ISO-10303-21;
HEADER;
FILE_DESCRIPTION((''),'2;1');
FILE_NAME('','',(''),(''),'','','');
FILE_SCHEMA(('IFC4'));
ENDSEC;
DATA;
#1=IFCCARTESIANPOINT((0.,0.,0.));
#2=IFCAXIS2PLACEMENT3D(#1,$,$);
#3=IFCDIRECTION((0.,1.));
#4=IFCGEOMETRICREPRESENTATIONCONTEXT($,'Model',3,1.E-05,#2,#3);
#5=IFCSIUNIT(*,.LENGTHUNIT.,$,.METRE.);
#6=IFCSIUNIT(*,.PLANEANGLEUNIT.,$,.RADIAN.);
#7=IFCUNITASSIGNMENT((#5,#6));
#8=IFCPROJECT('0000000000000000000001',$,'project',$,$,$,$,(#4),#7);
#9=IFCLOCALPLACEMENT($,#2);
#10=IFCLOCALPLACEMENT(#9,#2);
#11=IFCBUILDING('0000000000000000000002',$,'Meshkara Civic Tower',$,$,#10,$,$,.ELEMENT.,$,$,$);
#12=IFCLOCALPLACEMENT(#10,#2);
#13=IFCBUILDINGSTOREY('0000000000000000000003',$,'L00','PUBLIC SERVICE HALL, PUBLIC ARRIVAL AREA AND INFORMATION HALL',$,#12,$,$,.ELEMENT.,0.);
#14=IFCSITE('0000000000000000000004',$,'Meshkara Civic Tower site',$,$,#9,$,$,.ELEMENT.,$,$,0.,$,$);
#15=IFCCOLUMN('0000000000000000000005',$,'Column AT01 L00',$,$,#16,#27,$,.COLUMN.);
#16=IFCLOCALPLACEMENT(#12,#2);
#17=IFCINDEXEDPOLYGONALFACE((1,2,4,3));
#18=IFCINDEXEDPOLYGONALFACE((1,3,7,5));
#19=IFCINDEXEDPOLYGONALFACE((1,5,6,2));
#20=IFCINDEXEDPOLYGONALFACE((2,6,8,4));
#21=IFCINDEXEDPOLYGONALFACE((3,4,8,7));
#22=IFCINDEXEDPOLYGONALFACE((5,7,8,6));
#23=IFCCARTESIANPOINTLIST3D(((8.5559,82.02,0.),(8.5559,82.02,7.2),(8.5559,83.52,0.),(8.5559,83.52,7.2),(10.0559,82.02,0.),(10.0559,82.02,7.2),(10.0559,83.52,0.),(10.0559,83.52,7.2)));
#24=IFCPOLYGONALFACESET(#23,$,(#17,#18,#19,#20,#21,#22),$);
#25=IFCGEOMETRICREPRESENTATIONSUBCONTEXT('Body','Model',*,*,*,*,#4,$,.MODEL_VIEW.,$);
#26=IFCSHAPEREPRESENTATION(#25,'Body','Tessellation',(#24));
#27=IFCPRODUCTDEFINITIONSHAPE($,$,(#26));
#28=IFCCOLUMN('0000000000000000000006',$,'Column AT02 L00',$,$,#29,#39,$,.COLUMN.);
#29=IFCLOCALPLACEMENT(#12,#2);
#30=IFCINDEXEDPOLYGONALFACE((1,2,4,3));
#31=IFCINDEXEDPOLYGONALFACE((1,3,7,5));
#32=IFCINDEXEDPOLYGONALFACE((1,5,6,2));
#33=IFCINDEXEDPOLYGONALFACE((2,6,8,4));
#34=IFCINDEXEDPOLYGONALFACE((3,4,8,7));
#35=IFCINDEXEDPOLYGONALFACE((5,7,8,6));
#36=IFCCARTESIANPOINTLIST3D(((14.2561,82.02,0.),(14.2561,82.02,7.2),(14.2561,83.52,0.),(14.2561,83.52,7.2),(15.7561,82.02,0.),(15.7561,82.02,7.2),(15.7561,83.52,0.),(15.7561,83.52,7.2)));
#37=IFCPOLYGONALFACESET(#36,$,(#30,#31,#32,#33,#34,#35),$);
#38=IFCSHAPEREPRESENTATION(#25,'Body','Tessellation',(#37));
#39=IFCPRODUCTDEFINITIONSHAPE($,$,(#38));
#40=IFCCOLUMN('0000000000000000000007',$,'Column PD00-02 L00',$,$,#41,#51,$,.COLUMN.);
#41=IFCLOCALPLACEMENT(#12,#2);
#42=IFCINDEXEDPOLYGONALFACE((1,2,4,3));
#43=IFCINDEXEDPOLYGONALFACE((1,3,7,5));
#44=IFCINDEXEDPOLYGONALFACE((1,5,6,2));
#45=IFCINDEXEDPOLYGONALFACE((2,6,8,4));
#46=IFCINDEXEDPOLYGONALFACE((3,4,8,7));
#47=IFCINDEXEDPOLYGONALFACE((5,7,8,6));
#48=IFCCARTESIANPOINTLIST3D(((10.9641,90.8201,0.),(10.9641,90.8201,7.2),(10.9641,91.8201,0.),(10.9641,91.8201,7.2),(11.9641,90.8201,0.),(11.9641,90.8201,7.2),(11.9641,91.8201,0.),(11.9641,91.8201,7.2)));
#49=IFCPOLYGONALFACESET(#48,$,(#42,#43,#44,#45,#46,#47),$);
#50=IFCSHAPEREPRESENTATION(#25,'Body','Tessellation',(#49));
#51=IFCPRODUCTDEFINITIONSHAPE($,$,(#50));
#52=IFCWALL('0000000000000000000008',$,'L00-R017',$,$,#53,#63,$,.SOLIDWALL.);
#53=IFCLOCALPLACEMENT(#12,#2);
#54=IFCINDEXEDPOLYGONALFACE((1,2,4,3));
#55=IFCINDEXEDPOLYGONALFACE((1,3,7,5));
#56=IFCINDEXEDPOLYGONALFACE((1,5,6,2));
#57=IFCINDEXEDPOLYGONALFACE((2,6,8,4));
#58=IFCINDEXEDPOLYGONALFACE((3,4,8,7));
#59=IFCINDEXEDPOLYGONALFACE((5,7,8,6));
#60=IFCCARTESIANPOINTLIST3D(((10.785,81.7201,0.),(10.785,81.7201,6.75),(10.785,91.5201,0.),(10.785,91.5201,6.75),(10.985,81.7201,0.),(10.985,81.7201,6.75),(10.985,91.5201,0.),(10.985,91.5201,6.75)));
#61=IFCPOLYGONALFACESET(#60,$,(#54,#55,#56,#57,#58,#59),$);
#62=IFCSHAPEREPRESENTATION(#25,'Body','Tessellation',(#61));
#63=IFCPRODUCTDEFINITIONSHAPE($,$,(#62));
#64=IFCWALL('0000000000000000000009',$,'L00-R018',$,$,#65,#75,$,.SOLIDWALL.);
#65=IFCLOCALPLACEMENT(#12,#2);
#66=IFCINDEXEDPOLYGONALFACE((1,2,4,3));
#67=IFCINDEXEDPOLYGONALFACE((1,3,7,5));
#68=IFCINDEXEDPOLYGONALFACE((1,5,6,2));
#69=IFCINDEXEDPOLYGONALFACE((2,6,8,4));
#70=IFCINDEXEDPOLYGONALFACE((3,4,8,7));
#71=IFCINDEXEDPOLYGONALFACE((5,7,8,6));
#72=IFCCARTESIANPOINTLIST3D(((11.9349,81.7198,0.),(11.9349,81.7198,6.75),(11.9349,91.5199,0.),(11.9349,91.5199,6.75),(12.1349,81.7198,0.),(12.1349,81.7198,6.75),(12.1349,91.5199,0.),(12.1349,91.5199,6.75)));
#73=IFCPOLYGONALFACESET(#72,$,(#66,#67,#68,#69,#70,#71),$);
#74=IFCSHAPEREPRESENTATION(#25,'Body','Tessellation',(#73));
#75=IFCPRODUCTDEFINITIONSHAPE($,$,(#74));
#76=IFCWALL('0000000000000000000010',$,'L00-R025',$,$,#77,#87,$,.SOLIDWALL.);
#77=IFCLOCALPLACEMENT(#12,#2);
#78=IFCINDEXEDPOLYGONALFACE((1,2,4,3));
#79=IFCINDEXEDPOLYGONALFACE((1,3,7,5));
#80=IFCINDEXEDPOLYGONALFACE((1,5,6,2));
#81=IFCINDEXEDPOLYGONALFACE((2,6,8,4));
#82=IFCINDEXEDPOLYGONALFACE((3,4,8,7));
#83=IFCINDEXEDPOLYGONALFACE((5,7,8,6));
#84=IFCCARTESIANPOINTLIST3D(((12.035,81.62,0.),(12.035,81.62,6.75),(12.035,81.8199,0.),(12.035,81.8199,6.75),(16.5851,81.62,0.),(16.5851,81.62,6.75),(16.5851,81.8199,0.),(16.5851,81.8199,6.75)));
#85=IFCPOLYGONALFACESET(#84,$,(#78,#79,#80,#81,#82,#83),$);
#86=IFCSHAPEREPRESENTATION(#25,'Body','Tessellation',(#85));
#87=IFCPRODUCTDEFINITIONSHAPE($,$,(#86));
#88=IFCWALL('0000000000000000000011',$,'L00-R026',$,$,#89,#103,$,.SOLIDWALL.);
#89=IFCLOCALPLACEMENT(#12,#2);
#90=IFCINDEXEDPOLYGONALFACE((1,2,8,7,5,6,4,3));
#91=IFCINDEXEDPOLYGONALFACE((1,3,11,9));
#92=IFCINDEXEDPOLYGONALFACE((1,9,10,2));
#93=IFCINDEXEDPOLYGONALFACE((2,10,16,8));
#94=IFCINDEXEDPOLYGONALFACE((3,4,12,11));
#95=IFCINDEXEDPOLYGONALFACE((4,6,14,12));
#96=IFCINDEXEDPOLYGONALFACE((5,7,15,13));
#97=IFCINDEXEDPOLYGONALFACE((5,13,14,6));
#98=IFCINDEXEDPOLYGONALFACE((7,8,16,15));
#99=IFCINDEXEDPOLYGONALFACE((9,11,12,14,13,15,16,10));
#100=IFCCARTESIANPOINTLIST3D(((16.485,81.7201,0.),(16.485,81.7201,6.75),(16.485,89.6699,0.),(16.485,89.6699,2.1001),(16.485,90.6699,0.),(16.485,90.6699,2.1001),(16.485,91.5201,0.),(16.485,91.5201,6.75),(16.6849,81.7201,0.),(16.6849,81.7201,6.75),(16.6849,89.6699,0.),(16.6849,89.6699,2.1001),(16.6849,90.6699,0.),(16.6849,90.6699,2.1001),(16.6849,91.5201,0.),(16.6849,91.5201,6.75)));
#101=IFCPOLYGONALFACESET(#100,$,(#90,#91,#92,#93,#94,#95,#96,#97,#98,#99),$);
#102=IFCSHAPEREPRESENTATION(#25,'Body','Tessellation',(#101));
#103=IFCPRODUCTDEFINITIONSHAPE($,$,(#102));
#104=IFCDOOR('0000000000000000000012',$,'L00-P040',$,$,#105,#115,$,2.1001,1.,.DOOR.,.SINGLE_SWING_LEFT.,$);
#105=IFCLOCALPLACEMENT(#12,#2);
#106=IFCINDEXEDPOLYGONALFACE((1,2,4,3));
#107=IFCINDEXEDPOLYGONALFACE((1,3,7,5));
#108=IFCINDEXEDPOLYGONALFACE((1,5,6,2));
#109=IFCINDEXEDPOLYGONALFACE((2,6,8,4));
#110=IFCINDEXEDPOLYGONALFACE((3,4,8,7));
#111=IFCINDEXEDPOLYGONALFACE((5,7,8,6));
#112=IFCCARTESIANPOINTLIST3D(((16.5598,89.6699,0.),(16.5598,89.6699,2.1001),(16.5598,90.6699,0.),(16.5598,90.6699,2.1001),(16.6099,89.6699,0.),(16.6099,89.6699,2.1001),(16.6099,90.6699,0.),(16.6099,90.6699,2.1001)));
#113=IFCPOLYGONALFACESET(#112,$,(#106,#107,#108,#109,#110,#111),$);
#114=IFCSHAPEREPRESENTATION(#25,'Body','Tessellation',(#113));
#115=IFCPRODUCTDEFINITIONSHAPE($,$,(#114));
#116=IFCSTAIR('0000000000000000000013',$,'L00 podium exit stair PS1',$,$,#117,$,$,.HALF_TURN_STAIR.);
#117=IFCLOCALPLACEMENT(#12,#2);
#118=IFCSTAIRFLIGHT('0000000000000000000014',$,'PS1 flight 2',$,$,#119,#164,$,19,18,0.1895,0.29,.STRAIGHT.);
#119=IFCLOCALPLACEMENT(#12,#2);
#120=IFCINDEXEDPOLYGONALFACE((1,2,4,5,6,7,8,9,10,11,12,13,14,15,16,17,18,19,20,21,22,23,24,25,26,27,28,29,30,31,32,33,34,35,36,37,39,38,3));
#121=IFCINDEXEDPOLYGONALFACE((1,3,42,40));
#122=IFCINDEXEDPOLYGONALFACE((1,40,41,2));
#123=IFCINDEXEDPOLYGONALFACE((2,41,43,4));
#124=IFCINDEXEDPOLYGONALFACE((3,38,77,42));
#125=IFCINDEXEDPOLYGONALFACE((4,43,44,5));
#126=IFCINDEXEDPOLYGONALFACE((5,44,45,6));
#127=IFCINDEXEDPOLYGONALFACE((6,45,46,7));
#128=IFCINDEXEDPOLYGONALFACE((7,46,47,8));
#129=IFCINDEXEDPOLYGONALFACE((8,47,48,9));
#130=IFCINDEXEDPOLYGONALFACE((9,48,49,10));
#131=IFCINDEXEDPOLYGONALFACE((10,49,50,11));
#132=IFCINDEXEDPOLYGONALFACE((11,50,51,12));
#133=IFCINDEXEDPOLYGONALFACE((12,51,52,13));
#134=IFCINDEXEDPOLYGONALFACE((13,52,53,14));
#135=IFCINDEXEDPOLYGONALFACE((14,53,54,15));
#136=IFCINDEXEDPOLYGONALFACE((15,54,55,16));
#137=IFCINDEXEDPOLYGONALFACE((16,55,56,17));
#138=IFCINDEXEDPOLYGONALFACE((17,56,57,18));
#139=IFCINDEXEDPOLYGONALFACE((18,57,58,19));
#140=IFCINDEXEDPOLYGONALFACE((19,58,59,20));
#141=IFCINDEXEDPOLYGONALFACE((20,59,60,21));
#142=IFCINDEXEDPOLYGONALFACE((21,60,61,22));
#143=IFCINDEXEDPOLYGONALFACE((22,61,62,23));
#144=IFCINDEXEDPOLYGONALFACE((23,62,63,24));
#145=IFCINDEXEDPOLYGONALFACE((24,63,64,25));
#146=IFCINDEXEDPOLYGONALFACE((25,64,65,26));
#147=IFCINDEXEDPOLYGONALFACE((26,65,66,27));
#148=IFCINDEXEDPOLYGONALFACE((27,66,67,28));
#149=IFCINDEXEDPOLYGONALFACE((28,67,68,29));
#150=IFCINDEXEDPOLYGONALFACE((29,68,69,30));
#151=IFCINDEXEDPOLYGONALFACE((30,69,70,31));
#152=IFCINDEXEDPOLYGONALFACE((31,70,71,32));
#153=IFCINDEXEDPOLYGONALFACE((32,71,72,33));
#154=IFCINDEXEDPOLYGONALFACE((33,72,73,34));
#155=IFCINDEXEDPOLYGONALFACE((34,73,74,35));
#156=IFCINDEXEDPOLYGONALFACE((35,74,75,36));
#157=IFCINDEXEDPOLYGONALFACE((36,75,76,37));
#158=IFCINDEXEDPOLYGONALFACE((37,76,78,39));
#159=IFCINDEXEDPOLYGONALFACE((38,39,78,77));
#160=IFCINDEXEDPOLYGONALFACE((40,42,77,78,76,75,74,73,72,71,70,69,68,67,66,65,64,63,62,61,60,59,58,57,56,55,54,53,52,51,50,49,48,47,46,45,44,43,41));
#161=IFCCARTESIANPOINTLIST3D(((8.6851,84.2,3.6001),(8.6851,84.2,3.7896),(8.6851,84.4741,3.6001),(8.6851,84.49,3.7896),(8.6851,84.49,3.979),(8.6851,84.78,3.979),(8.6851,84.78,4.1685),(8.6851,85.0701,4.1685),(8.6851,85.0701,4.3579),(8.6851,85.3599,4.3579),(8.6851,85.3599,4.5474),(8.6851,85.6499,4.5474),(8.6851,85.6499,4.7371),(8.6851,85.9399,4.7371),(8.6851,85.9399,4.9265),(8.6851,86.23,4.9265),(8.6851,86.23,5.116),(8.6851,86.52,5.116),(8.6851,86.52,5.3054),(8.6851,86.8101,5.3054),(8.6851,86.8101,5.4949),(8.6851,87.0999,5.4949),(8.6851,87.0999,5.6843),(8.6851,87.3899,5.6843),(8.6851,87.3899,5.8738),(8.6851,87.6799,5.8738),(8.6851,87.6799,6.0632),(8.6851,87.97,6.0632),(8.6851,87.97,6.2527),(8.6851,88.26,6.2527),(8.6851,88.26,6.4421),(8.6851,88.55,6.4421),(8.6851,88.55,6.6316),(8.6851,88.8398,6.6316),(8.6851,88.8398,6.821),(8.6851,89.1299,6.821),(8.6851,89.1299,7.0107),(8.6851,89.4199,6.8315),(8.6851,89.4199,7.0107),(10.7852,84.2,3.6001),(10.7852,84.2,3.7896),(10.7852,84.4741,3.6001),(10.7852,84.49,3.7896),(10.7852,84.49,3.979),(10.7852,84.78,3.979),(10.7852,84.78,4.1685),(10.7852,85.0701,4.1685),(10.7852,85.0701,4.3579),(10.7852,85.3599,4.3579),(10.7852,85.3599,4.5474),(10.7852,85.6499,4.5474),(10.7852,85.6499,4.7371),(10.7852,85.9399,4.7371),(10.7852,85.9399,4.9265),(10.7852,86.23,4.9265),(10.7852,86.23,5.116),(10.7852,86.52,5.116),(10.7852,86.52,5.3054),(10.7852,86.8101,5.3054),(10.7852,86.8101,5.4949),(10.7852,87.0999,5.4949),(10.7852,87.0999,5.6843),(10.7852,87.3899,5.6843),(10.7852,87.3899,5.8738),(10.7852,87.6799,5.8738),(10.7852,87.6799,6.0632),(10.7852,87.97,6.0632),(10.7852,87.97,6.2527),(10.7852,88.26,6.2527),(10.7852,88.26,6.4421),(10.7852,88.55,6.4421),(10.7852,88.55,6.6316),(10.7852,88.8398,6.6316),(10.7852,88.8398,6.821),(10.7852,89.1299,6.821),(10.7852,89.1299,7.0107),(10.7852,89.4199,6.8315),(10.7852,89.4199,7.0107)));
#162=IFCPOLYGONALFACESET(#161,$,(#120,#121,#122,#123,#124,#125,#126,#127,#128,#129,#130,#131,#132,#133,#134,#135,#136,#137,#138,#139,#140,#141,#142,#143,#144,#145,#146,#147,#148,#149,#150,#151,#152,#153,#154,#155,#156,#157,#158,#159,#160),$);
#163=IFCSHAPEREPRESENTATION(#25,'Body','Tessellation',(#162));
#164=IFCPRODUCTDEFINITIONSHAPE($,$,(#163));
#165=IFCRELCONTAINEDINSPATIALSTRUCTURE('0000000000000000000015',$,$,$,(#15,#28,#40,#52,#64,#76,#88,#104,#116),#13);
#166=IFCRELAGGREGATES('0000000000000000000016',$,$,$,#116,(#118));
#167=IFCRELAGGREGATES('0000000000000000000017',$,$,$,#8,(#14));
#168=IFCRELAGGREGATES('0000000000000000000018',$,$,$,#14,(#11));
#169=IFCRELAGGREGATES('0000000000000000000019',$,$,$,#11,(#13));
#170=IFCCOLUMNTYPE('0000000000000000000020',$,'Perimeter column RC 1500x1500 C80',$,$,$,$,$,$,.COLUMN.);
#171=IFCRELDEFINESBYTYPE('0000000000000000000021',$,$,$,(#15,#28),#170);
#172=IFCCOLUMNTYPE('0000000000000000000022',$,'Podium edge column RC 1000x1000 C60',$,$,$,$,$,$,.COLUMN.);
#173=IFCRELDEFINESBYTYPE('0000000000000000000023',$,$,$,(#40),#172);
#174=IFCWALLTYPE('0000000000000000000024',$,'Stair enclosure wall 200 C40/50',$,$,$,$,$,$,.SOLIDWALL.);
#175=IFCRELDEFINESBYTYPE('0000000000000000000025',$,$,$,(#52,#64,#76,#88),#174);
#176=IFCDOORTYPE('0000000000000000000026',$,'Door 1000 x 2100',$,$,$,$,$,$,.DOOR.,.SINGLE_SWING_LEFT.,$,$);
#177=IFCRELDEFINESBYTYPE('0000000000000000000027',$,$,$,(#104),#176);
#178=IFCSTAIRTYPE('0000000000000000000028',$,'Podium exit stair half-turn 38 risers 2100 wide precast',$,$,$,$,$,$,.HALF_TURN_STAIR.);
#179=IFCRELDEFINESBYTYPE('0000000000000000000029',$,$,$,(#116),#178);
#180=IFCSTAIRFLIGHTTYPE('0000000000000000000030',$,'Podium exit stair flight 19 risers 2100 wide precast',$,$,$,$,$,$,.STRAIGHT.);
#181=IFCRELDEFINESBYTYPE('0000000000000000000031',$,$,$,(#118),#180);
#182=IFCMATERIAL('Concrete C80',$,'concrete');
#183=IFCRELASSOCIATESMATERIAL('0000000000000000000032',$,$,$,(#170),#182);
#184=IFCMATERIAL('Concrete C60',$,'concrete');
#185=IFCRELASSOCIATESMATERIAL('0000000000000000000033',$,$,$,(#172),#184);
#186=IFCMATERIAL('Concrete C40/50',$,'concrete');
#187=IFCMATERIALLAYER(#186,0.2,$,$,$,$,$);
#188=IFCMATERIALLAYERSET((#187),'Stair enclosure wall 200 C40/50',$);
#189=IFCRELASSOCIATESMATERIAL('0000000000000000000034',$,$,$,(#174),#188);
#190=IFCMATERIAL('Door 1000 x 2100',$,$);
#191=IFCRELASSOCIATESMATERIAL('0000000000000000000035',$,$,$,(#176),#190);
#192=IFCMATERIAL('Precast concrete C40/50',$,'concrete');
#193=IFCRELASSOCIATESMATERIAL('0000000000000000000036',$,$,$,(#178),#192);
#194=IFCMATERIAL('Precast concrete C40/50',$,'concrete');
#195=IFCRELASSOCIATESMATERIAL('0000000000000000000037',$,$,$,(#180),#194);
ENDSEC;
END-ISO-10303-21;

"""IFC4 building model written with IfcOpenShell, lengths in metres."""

from ifc_helpers import new_model, si_unit, direction, frame, frame_2d, origin, origin_2d, place, context, subcontext, project, spatial, polyline, rectangle, outline, extrude, material, layer, layer_set, material_profile, profile_set, type_object, element, fill, aggregate, save


model = new_model("IFC4")

# Units and contexts
model_context = context("Model", 3, precision=1e-05, world=origin(), true_north=direction((0.0, 1.0)))
body_context = subcontext(model_context, "Body", "Model", "MODEL_VIEW")
ifc_project = project(units=[si_unit("LENGTHUNIT", "METRE"), si_unit("PLANEANGLEUNIT", "RADIAN")], contexts=[model_context])

# Site, building, storey
site_placement = place(None, origin())
site = spatial("IfcSite", under=ifc_project, at=site_placement, Name="Meshkara Civic Tower site", CompositionType="ELEMENT", RefElevation=0.0)
building_placement = place(site_placement, origin())
building = spatial("IfcBuilding", under=site, at=building_placement, Name="Meshkara Civic Tower", CompositionType="ELEMENT")
storey_placement = place(building_placement, origin())
storey = spatial("IfcBuildingStorey", under=building, at=storey_placement, Name="L00", Description="PUBLIC SERVICE HALL, PUBLIC ARRIVAL AREA AND INFORMATION HALL", CompositionType="ELEMENT", Elevation=0.0)

# Columns
ifc_material_1 = material(Name="Concrete C80", Category="concrete")
ifc_material_profile_1 = material_profile(ifc_material_1, rectangle(XDim=1.5, YDim=1.5, at=origin_2d()))
ifc_profile_set_1 = profile_set([ifc_material_profile_1], Name="Concrete C80")
column_type_1 = type_object("IfcColumnType", Name="Perimeter column RC 1500x1500 C80", PredefinedType="COLUMN", material=ifc_profile_set_1)
for number, where, z_axis, x_axis, name in (
    (1, (9.3059, 82.77, 0.0), (0.0, 0.0, 1.0), (1.0, 0.0, 0.0), "Column AT01 L00"),
    (2, (15.0061, 82.77, 0.0), (0.0, 0.0, 1.0), (1.0, 0.0, 0.0), "Column AT02 L00"),
):
    element("IfcColumn", number, at=place(storey_placement, frame(where, z_axis=z_axis, x_axis=x_axis)), inside=storey, type_object=column_type_1, Name=name, PredefinedType="COLUMN", context=body_context, shape_type="SweptSolid", body=[
        extrude(rectangle(XDim=1.5, YDim=1.5, at=origin_2d()), origin(), (0.0, 0.0, 1.0), 7.2),
    ])
ifc_material_2 = material(Name="Concrete C60", Category="concrete")
ifc_material_profile_2 = material_profile(ifc_material_2, rectangle(XDim=1.0, YDim=1.0, at=origin_2d()))
ifc_profile_set_2 = profile_set([ifc_material_profile_2], Name="Concrete C60")
column_type_2 = type_object("IfcColumnType", Name="Podium edge column RC 1000x1000 C60", PredefinedType="COLUMN", material=ifc_profile_set_2)
column_placement = place(storey_placement, frame((11.4641, 91.3201, 0.0), z_axis=(0.0, 0.0, 1.0), x_axis=(1.0, 0.0, 0.0)))
element("IfcColumn", 3, at=column_placement, inside=storey, type_object=column_type_2, Name="Column PD00-02 L00", PredefinedType="COLUMN", context=body_context, shape_type="SweptSolid", body=[
    extrude(rectangle(XDim=1.0, YDim=1.0, at=origin_2d()), origin(), (0.0, 0.0, 1.0), 7.2),
])

# Walls
ifc_material_3 = material(Name="Concrete C40/50", Category="concrete")
ifc_layer_1 = layer(ifc_material_3, 0.2)
ifc_layer_set_1 = layer_set([ifc_layer_1], Name="Stair enclosure wall 200 C40/50")
wall_type_1 = type_object("IfcWallType", Name="Stair enclosure wall 200 C40/50", PredefinedType="SOLIDWALL", material=ifc_layer_set_1)
for number, where, z_axis, x_axis, name in (
    (4, (10.885, 91.52, 0.0), (0.0, 0.0, 1.0), (0.0, -1.0, 0.0), "L00-R017"),
    (5, (12.0349, 81.72, 0.0), (0.0, 0.0, 1.0), (0.0, 1.0, 0.0), "L00-R018"),
):
    element("IfcWall", number, at=place(storey_placement, frame(where, z_axis=z_axis, x_axis=x_axis)), inside=storey, type_object=wall_type_1, Name=name, PredefinedType="SOLIDWALL", context=body_context, shape_type="SweptSolid", body=[
        extrude(rectangle(XDim=9.8, YDim=0.2, at=frame_2d((4.8999, 0.0))), origin(), (0.0, 0.0, 1.0), 6.75),
    ])
wall_1_placement = place(storey_placement, frame((16.585, 81.72, 0.0), z_axis=(0.0, 0.0, 1.0), x_axis=(-1.0, 0.0, 0.0)))
element("IfcWall", 6, at=wall_1_placement, inside=storey, type_object=wall_type_1, Name="L00-R025", PredefinedType="SOLIDWALL", context=body_context, shape_type="SweptSolid", body=[
    extrude(rectangle(XDim=4.55, YDim=0.2, at=frame_2d((2.2749, 0.0))), origin(), (0.0, 0.0, 1.0), 6.75),
])

# Wall, opening, door
wall_2_placement = place(storey_placement, frame((16.585, 91.52, 0.0), z_axis=(0.0, 0.0, 1.0), x_axis=(0.0, -1.0, 0.0)))
wall_2 = element("IfcWall", 7, at=wall_2_placement, inside=storey, type_object=wall_type_1, Name="L00-R026", PredefinedType="SOLIDWALL", context=body_context, shape_type="SweptSolid", body=[
    extrude(rectangle(XDim=9.8, YDim=0.2, at=frame_2d((4.8999, 0.0))), origin(), (0.0, 0.0, 1.0), 6.75),
])
opening_1_placement = place(wall_2_placement, frame((0.8501, 0.0, 0.0)))
opening_1 = element("IfcOpeningElement", 8, at=opening_1_placement, cuts=wall_2, PredefinedType="OPENING", context=body_context, shape_type="SweptSolid", body=[
    extrude(rectangle(XDim=1.0, YDim=2.1001, at=frame_2d((0.5, 1.05))), frame((0.0, 0.1099, 0.0), z_axis=(0.0, -1.0, 0.0), x_axis=(1.0, 0.0, 0.0)), (0.0, 0.0, 1.0), 0.22),
])
ifc_material_4 = material(Name="Door 1000 x 2100")
door_type_1 = type_object("IfcDoorType", Name="Door 1000 x 2100", OperationType="SINGLE_SWING_LEFT", PredefinedType="DOOR", material=ifc_material_4)
door_1_placement = place(opening_1_placement, origin())
door_1 = element("IfcDoor", 9, at=door_1_placement, inside=storey, type_object=door_type_1, Name="L00-P040", OperationType="SINGLE_SWING_LEFT", OverallHeight=2.1001, OverallWidth=1.0, PredefinedType="DOOR", context=body_context, shape_type="SweptSolid", body=[
    extrude(rectangle(XDim=1.0, YDim=2.1001, at=frame_2d((0.5, 1.05))), frame((0.0, 0.0249, 0.0), z_axis=(0.0, -1.0, 0.0), x_axis=(1.0, 0.0, 0.0)), (0.0, 0.0, 1.0), 0.05),
])
fill(opening_1, door_1)

# Stair, stair flight
ifc_material_5 = material(Name="Precast concrete C40/50", Category="concrete")
stair_type = type_object("IfcStairType", Name="Podium exit stair half-turn 38 risers 2100 wide precast", PredefinedType="HALF_TURN_STAIR", material=ifc_material_5)
stair_1_placement = place(storey_placement, origin())
stair_1 = element("IfcStair", 10, at=stair_1_placement, inside=storey, type_object=stair_type, Name="L00 podium exit stair PS1", PredefinedType="HALF_TURN_STAIR")
ifc_material_6 = material(Name="Precast concrete C40/50", Category="concrete")
stair_flight_type = type_object("IfcStairFlightType", Name="Podium exit stair flight 19 risers 2100 wide precast", PredefinedType="STRAIGHT", material=ifc_material_6)
stair_flight_1_placement = place(storey_placement, frame((9.7351, 84.2, 3.6001), z_axis=(0.0, 0.0, 1.0), x_axis=(0.0, 1.0, 0.0)))
stair_flight_1 = element("IfcStairFlight", 11, at=stair_flight_1_placement, type_object=stair_flight_type, Name="PS1 flight 2", NumberOfRisers=19, NumberOfTreads=18, PredefinedType="STRAIGHT", RiserHeight=0.1895, TreadLength=0.29, context=body_context, shape_type="SweptSolid", body=[
    extrude(outline(polyline([(0.0, 0.0), (0.0, 0.1895), (0.29, 0.1895), (0.29, 0.3789), (0.5801, 0.3789), (0.5801, 0.5684), (0.8701, 0.5684), (0.8701, 0.7578), (1.1599, 0.7578), (1.1599, 0.9473), (1.45, 0.9473), (1.45, 1.137), (1.74, 1.137), (1.74, 1.3264), (2.03, 1.3264), (2.03, 1.5159), (2.3201, 1.5159), (2.3201, 1.7053), (2.6101, 1.7053), (2.6101, 1.8948), (2.8999, 1.8948), (2.8999, 2.0842), (3.1899, 2.0842), (3.1899, 2.2737), (3.48, 2.2737), (3.48, 2.4631), (3.77, 2.4631), (3.77, 2.6526), (4.0601, 2.6526), (4.0601, 2.842), (4.3501, 2.842), (4.3501, 3.0315), (4.6399, 3.0315), (4.6399, 3.2209), (4.9299, 3.2209), (4.9299, 3.4106), (5.22, 3.4106), (5.22, 3.6001), (5.22, 3.2314), (0.2742, 0.0), (0.0, 0.0)])), frame((0.0, 1.05, 0.0), z_axis=(0.0, -1.0, 0.0), x_axis=(1.0, 0.0, 0.0)), (0.0, 0.0, 1.0), 2.1001),
])
aggregate(stair_1, [stair_flight_1])

save(model, "model.ifc")
